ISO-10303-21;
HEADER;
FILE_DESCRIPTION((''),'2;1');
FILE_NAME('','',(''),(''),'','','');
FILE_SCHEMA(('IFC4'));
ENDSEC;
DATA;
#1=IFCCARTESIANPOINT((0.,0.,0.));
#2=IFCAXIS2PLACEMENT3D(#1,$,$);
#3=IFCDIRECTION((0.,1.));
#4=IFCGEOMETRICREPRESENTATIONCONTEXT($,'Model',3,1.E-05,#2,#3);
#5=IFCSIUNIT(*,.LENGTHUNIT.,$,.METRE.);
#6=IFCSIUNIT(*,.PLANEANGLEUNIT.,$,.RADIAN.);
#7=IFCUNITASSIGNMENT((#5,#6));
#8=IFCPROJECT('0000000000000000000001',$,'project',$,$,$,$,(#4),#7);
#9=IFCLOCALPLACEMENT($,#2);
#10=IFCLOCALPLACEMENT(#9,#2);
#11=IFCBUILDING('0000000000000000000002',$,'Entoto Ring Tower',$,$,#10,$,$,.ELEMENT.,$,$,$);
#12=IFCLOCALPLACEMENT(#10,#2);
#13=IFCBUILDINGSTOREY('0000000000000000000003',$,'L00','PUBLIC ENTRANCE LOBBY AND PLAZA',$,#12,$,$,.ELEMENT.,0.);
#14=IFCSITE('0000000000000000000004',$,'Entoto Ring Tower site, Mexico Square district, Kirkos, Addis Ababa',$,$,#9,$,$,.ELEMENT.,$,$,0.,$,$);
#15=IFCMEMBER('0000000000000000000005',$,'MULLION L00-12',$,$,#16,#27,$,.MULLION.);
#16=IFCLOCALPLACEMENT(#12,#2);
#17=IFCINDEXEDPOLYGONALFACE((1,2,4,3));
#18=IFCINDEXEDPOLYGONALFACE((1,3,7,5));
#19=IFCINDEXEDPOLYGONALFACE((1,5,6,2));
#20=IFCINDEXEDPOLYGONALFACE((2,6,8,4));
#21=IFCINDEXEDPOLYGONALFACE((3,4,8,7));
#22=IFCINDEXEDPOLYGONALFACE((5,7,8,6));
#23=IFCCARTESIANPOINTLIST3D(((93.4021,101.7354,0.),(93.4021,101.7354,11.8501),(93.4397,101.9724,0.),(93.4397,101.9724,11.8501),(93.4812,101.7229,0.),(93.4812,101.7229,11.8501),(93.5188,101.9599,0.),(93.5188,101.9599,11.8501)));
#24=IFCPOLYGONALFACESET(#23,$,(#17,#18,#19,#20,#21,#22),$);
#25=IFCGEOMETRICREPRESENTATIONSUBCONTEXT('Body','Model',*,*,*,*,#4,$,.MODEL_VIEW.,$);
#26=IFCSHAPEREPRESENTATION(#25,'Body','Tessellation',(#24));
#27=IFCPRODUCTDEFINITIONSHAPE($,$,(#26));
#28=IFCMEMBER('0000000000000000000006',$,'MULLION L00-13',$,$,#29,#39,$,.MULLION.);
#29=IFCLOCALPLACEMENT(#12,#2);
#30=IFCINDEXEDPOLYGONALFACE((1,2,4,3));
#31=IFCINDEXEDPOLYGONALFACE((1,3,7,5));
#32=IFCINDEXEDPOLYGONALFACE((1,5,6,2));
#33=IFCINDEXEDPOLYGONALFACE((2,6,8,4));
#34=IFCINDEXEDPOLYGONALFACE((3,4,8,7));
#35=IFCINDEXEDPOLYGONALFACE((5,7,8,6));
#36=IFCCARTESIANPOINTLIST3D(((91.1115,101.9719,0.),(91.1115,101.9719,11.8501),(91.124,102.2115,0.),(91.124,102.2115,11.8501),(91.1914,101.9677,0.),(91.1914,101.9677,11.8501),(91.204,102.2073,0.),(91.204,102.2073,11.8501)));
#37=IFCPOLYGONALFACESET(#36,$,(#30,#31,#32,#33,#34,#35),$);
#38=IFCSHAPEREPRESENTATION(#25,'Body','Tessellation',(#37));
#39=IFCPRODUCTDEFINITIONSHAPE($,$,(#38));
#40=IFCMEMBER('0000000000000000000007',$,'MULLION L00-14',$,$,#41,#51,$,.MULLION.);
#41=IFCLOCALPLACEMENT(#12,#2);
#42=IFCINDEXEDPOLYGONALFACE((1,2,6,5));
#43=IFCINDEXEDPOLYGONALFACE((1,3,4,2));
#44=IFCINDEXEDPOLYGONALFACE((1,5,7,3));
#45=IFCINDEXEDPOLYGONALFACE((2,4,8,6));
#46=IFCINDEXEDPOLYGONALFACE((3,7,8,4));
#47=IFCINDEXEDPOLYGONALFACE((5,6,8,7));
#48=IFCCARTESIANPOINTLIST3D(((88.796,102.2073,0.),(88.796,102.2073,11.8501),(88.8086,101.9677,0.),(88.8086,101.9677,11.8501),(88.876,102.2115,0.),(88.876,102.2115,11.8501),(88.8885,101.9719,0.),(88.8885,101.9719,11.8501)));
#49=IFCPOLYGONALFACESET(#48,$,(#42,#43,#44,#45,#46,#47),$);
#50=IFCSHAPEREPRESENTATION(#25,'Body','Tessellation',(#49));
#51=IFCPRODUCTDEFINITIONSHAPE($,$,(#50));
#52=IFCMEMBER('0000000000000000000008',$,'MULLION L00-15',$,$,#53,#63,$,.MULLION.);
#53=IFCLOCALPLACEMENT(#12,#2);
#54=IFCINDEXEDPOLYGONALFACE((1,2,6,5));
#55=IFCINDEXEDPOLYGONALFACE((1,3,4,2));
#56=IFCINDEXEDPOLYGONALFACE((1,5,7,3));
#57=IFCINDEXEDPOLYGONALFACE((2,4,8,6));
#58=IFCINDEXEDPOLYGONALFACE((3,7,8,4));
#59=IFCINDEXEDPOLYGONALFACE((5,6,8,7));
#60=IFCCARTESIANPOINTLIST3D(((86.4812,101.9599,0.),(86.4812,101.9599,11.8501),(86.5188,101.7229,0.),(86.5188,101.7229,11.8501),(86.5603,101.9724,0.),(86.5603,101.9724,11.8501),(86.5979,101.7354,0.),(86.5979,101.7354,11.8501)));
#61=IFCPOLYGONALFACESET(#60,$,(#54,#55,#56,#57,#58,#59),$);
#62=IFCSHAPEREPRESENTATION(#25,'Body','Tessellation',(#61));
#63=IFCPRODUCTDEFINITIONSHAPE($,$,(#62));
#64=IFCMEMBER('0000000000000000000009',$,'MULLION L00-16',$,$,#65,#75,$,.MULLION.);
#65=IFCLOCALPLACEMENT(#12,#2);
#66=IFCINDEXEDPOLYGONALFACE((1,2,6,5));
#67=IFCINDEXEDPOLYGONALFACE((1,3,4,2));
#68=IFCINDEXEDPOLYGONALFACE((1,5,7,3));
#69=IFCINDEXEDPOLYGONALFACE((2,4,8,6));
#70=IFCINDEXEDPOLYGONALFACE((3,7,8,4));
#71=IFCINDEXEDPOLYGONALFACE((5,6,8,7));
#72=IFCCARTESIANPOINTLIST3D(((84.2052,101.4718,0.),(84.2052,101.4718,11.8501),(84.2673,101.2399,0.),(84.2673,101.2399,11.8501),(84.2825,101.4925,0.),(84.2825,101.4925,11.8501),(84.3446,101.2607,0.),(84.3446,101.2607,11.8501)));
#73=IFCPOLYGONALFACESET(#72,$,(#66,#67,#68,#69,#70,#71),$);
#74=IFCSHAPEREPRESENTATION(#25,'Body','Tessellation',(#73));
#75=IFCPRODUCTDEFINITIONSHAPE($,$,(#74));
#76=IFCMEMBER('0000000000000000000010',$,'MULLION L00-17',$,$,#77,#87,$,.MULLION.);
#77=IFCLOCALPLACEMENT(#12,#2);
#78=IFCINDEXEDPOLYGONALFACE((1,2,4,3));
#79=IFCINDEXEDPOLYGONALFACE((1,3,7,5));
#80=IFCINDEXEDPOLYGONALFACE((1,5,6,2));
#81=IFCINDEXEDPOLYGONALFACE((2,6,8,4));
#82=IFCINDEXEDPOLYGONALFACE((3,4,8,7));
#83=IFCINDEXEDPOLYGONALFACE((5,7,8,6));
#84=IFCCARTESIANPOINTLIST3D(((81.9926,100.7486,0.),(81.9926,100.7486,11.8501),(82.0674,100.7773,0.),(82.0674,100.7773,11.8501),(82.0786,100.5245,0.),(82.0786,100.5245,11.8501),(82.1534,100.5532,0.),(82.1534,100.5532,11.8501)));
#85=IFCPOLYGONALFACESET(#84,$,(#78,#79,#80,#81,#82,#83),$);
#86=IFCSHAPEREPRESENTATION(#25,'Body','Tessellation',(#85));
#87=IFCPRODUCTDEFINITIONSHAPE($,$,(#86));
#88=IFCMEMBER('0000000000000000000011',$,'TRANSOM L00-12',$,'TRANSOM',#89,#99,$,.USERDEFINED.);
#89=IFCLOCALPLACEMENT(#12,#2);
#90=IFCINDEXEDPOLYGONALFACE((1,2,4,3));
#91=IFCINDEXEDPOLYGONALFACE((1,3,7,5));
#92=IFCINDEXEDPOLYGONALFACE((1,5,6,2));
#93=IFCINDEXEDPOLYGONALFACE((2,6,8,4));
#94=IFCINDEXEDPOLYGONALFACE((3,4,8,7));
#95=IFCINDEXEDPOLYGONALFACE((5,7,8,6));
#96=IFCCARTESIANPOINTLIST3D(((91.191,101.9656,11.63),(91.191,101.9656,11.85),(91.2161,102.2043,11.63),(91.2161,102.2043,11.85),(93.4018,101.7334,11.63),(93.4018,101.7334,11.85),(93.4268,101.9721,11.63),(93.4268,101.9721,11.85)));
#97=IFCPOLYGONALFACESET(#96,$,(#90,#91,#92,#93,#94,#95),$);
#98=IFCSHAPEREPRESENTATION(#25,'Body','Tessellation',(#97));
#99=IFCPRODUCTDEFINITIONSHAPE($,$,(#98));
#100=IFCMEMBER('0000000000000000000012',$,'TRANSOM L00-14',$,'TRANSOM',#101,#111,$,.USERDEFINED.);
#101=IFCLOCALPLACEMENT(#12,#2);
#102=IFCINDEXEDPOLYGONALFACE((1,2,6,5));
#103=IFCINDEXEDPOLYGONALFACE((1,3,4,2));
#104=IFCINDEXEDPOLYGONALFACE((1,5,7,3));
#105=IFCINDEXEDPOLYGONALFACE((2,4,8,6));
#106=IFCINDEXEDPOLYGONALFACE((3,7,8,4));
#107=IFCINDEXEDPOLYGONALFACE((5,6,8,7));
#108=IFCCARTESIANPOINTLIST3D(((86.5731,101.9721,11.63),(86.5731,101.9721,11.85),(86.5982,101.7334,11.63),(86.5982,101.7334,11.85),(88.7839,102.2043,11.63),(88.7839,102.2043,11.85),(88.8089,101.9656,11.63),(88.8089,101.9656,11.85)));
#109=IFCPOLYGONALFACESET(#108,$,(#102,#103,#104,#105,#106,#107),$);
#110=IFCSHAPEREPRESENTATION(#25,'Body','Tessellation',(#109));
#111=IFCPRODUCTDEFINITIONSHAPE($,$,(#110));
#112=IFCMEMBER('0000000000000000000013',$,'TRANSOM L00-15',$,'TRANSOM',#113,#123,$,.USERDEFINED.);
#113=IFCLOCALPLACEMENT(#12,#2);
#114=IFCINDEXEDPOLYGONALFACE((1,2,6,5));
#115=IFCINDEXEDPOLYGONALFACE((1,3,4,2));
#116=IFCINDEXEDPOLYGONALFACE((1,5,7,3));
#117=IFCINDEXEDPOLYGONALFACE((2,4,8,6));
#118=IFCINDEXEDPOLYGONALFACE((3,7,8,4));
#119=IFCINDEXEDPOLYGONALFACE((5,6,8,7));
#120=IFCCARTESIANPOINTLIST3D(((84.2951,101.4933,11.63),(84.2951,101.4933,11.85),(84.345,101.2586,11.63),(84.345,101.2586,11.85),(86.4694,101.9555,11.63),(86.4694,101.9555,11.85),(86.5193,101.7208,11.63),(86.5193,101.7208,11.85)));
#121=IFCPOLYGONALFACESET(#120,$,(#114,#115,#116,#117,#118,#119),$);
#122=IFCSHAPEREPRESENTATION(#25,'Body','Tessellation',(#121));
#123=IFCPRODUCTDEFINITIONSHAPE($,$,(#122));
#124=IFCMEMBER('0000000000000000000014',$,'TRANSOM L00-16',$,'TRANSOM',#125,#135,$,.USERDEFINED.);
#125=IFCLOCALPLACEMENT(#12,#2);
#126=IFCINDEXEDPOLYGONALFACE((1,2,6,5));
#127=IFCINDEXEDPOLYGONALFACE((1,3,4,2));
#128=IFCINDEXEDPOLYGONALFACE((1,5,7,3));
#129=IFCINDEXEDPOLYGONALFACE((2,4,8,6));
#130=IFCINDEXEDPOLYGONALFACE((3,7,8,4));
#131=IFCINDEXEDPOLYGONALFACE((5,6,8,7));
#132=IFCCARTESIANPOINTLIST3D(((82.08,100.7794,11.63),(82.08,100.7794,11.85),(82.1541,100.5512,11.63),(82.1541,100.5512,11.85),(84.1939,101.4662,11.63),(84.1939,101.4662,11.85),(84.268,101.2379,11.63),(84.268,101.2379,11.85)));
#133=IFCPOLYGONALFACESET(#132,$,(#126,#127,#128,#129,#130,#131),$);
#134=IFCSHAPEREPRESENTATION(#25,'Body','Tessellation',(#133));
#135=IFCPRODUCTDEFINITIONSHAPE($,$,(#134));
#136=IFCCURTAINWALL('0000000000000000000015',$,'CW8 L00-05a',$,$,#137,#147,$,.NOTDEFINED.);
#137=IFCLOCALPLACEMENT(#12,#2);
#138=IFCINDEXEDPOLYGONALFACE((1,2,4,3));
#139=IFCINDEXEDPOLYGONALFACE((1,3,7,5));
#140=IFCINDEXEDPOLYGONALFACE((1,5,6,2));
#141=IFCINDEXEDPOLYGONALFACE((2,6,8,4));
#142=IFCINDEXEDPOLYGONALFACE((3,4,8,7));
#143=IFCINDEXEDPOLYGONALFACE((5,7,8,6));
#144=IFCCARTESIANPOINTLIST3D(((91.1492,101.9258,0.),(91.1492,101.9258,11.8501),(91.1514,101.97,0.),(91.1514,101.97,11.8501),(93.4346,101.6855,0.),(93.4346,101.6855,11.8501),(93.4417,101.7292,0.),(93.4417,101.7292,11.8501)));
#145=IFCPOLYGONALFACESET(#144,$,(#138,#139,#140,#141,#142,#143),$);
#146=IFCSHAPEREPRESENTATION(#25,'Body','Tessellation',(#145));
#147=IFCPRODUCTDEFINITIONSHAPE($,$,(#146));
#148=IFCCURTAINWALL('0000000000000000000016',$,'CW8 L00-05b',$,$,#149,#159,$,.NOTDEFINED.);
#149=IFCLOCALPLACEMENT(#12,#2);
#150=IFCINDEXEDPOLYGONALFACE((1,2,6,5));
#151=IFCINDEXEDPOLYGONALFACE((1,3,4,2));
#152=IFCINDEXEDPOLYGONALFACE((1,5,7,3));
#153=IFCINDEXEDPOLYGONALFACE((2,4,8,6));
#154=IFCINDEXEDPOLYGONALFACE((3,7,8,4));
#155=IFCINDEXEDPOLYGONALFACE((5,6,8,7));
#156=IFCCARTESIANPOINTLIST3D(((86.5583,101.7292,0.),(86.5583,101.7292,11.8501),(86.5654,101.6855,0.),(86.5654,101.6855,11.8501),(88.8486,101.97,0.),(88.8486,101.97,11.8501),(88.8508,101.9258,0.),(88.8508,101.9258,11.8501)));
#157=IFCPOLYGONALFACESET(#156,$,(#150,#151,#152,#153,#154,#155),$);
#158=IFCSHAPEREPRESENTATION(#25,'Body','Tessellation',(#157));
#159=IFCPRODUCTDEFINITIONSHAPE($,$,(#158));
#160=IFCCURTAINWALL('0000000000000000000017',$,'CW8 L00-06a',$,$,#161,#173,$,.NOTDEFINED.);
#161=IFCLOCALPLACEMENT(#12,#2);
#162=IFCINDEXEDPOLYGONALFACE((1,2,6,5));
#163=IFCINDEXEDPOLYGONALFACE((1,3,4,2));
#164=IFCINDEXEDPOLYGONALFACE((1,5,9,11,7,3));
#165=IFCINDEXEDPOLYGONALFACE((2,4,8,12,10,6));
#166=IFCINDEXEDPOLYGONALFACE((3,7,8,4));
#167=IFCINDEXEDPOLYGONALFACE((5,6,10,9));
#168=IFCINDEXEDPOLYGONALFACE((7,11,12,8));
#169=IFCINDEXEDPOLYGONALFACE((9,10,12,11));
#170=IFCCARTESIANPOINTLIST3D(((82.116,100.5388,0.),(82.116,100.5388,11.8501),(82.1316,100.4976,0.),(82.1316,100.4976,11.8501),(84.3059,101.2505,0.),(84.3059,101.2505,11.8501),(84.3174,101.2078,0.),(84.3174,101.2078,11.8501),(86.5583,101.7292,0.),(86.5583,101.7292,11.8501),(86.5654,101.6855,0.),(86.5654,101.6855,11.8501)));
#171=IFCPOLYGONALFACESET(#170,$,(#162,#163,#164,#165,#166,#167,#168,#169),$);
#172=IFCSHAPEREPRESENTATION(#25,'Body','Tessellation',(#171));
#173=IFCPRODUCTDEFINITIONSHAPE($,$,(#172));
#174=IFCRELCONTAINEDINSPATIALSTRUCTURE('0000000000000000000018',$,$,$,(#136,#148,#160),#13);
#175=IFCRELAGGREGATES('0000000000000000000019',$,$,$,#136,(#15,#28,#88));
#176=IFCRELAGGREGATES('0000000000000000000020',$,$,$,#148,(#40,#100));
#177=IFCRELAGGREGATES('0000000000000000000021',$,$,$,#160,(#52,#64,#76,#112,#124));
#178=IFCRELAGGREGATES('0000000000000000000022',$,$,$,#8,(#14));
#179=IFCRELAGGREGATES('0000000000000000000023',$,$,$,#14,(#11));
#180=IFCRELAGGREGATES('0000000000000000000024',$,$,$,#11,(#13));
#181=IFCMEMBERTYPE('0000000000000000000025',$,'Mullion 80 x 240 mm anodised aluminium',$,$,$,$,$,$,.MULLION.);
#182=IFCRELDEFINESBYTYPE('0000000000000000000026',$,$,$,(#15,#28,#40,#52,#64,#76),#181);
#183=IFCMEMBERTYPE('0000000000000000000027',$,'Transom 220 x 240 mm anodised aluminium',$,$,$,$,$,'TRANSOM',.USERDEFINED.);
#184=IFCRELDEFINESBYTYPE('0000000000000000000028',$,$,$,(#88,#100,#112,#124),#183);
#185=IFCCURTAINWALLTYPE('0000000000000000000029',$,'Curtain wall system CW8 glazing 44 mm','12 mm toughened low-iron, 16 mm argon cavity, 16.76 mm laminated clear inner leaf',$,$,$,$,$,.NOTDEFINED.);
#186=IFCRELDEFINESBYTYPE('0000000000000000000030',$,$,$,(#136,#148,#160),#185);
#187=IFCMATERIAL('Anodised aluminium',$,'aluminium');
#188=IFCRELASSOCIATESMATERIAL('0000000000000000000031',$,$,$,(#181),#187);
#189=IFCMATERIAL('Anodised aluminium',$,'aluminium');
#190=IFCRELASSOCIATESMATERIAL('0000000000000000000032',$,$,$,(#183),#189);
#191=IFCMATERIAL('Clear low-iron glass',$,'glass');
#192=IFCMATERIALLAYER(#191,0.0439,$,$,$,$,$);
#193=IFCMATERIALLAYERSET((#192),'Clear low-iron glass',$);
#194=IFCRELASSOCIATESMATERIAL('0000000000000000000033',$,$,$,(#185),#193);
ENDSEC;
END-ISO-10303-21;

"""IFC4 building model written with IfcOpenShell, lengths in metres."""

from ifc_helpers import new_model, si_unit, direction, frame, origin, origin_2d, place, context, subcontext, project, spatial, polyline, rectangle, outline, extrude, material, layer, layer_set, material_profile, profile_set, type_object, element, aggregate, save


model = new_model("IFC4")

# Units and contexts
model_context = context("Model", 3, precision=1e-05, world=origin(), true_north=direction((0.0, 1.0)))
body_context = subcontext(model_context, "Body", "Model", "MODEL_VIEW")
ifc_project = project(units=[si_unit("LENGTHUNIT", "METRE"), si_unit("PLANEANGLEUNIT", "RADIAN")], contexts=[model_context])

# Members
ifc_material_1 = material(Name="Anodised aluminium", Category="aluminium")
ifc_material_profile_1 = material_profile(ifc_material_1, rectangle(XDim=0.0801, YDim=0.24, at=origin_2d()), Name="Mullion 80 x 240 mm anodised aluminium")
ifc_profile_set_1 = profile_set([ifc_material_profile_1], Name="Anodised aluminium")
member_type_1 = type_object("IfcMemberType", Name="Mullion 80 x 240 mm anodised aluminium", PredefinedType="MULLION", material=ifc_profile_set_1)
site_placement = place(None, origin())
building_placement = place(site_placement, origin())
storey_placement = place(building_placement, origin())
member_1_placement = place(storey_placement, frame((93.4604, 101.8477, 0.0), z_axis=(0.0, 0.0, 1.0), x_axis=(-0.987688, 0.156434, 0.0)))
member_1 = element("IfcMember", 1, at=member_1_placement, type_object=member_type_1, Name="MULLION L00-12", PredefinedType="MULLION", context=body_context, shape_type="SweptSolid", body=[
    extrude(rectangle(XDim=0.0801, YDim=0.24, at=origin_2d()), origin(), (0.0, 0.0, 1.0), 11.8501),
])
member_2_placement = place(storey_placement, frame((91.1577, 102.0896, 0.0), z_axis=(0.0, 0.0, 1.0), x_axis=(-0.99863, 0.052336, 0.0)))
member_2 = element("IfcMember", 2, at=member_2_placement, type_object=member_type_1, Name="MULLION L00-13", PredefinedType="MULLION", context=body_context, shape_type="SweptSolid", body=[
    extrude(rectangle(XDim=0.0801, YDim=0.24, at=origin_2d()), origin(), (0.0, 0.0, 1.0), 11.8501),
])
member_3_placement = place(storey_placement, frame((88.8423, 102.0896, 0.0), z_axis=(0.0, 0.0, 1.0), x_axis=(-0.99863, -0.052336, 0.0)))
member_3 = element("IfcMember", 3, at=member_3_placement, type_object=member_type_1, Name="MULLION L00-14", PredefinedType="MULLION", context=body_context, shape_type="SweptSolid", body=[
    extrude(rectangle(XDim=0.0801, YDim=0.24, at=origin_2d()), origin(), (0.0, 0.0, 1.0), 11.8501),
])
member_4_placement = place(storey_placement, frame((86.5396, 101.8477, 0.0), z_axis=(0.0, 0.0, 1.0), x_axis=(-0.987688, -0.156434, 0.0)))
member_4 = element("IfcMember", 4, at=member_4_placement, type_object=member_type_1, Name="MULLION L00-15", PredefinedType="MULLION", context=body_context, shape_type="SweptSolid", body=[
    extrude(rectangle(XDim=0.0801, YDim=0.24, at=origin_2d()), origin(), (0.0, 0.0, 1.0), 11.8501),
])
member_5_placement = place(storey_placement, frame((84.2749, 101.3662, 0.0), z_axis=(0.0, 0.0, 1.0), x_axis=(-0.965926, -0.258819, 0.0)))
member_5 = element("IfcMember", 5, at=member_5_placement, type_object=member_type_1, Name="MULLION L00-16", PredefinedType="MULLION", context=body_context, shape_type="SweptSolid", body=[
    extrude(rectangle(XDim=0.0801, YDim=0.24, at=origin_2d()), origin(), (0.0, 0.0, 1.0), 11.8501),
])
member_6_placement = place(storey_placement, frame((82.073, 100.6509, 0.0), z_axis=(0.0, 0.0, 1.0), x_axis=(-0.93358, -0.358368, 0.0)))
member_6 = element("IfcMember", 6, at=member_6_placement, type_object=member_type_1, Name="MULLION L00-17", PredefinedType="MULLION", context=body_context, shape_type="SweptSolid", body=[
    extrude(rectangle(XDim=0.0801, YDim=0.24, at=origin_2d()), origin(), (0.0, 0.0, 1.0), 11.8501),
])
ifc_material_2 = material(Name="Anodised aluminium", Category="aluminium")
ifc_material_profile_2 = material_profile(ifc_material_2, rectangle(XDim=0.24, YDim=0.22, at=origin_2d()), Name="Transom 220 x 240 mm anodised aluminium")
ifc_profile_set_2 = profile_set([ifc_material_profile_2], Name="Anodised aluminium")
member_type_2 = type_object("IfcMemberType", Name="Transom 220 x 240 mm anodised aluminium", ElementType="TRANSOM", PredefinedType="USERDEFINED", material=ifc_profile_set_2)
member_7_placement = place(storey_placement, frame((93.4143, 101.8528, 11.74), z_axis=(-0.99453, 0.10445, 0.0), x_axis=(-0.10445, -0.99453, 0.0)))
member_7 = element("IfcMember", 7, at=member_7_placement, type_object=member_type_2, Name="TRANSOM L00-12", ObjectType="TRANSOM", PredefinedType="USERDEFINED", context=body_context, shape_type="SweptSolid", body=[
    extrude(rectangle(XDim=0.24, YDim=0.22, at=origin_2d()), origin(), (0.0, 0.0, 1.0), 2.2229),
])
member_8_placement = place(storey_placement, frame((88.7964, 102.085, 11.74), z_axis=(-0.99453, -0.10445, 0.0), x_axis=(0.10445, -0.99453, 0.0)))
member_8 = element("IfcMember", 8, at=member_8_placement, type_object=member_type_2, Name="TRANSOM L00-14", ObjectType="TRANSOM", PredefinedType="USERDEFINED", context=body_context, shape_type="SweptSolid", body=[
    extrude(rectangle(XDim=0.24, YDim=0.22, at=origin_2d()), origin(), (0.0, 0.0, 1.0), 2.2229),
])
member_9_placement = place(storey_placement, frame((86.4944, 101.8381, 11.74), z_axis=(-0.978148, -0.207909, 0.0), x_axis=(0.207909, -0.978148, 0.0)))
member_9 = element("IfcMember", 9, at=member_9_placement, type_object=member_type_2, Name="TRANSOM L00-15", ObjectType="TRANSOM", PredefinedType="USERDEFINED", context=body_context, shape_type="SweptSolid", body=[
    extrude(rectangle(XDim=0.24, YDim=0.22, at=origin_2d()), origin(), (0.0, 0.0, 1.0), 2.2229),
])
member_10_placement = place(storey_placement, frame((84.231, 101.3521, 11.74), z_axis=(-0.951072, -0.308969, 0.0), x_axis=(0.308969, -0.951072, 0.0)))
member_10 = element("IfcMember", 10, at=member_10_placement, type_object=member_type_2, Name="TRANSOM L00-16", ObjectType="TRANSOM", PredefinedType="USERDEFINED", context=body_context, shape_type="SweptSolid", body=[
    extrude(rectangle(XDim=0.24, YDim=0.22, at=origin_2d()), origin(), (0.0, 0.0, 1.0), 2.2227),
])

# Site, building, storey
site = spatial("IfcSite", under=ifc_project, at=site_placement, Name="Entoto Ring Tower site, Mexico Square district, Kirkos, Addis Ababa", CompositionType="ELEMENT", RefElevation=0.0)
building = spatial("IfcBuilding", under=site, at=building_placement, Name="Entoto Ring Tower", CompositionType="ELEMENT")
storey = spatial("IfcBuildingStorey", under=building, at=storey_placement, Name="L00", Description="PUBLIC ENTRANCE LOBBY AND PLAZA", CompositionType="ELEMENT", Elevation=0.0)

# Curtain walls
ifc_material_3 = material(Name="Clear low-iron glass", Category="glass")
ifc_layer = layer(ifc_material_3, 0.0439)
ifc_layer_set = layer_set([ifc_layer], Name="Clear low-iron glass")
curtain_wall_type = type_object("IfcCurtainWallType", Name="Curtain wall system CW8 glazing 44 mm", Description="12 mm toughened low-iron, 16 mm argon cavity, 16.76 mm laminated clear inner leaf", PredefinedType="NOTDEFINED", material=ifc_layer_set)
curtain_wall_1_placement = place(storey_placement, origin())
curtain_wall_1 = element("IfcCurtainWall", 11, at=curtain_wall_1_placement, inside=storey, type_object=curtain_wall_type, Name="CW8 L00-05a", PredefinedType="NOTDEFINED", context=body_context, shape_type="SweptSolid", body=[
    extrude(outline(polyline([(93.4417, 101.7292), (91.1514, 101.97), (91.1492, 101.9258), (93.4346, 101.6855), (93.4417, 101.7292)])), origin(), (0.0, 0.0, 1.0), 11.8501),
])
aggregate(curtain_wall_1, [member_1, member_2, member_7])
curtain_wall_2_placement = place(storey_placement, origin())
curtain_wall_2 = element("IfcCurtainWall", 12, at=curtain_wall_2_placement, inside=storey, type_object=curtain_wall_type, Name="CW8 L00-05b", PredefinedType="NOTDEFINED", context=body_context, shape_type="SweptSolid", body=[
    extrude(outline(polyline([(88.8486, 101.97), (86.5583, 101.7292), (86.5654, 101.6855), (88.8508, 101.9258), (88.8486, 101.97)])), origin(), (0.0, 0.0, 1.0), 11.8501),
])
aggregate(curtain_wall_2, [member_3, member_8])
curtain_wall_3_placement = place(storey_placement, origin())
curtain_wall_3 = element("IfcCurtainWall", 13, at=curtain_wall_3_placement, inside=storey, type_object=curtain_wall_type, Name="CW8 L00-06a", PredefinedType="NOTDEFINED", context=body_context, shape_type="SweptSolid", body=[
    extrude(outline(polyline([(86.5583, 101.7292), (84.3059, 101.2505), (82.116, 100.5388), (82.1316, 100.4976), (84.3174, 101.2078), (86.5654, 101.6855), (86.5583, 101.7292)])), origin(), (0.0, 0.0, 1.0), 11.8501),
])
aggregate(curtain_wall_3, [member_4, member_5, member_6, member_9, member_10])

save(model, "model.ifc")
